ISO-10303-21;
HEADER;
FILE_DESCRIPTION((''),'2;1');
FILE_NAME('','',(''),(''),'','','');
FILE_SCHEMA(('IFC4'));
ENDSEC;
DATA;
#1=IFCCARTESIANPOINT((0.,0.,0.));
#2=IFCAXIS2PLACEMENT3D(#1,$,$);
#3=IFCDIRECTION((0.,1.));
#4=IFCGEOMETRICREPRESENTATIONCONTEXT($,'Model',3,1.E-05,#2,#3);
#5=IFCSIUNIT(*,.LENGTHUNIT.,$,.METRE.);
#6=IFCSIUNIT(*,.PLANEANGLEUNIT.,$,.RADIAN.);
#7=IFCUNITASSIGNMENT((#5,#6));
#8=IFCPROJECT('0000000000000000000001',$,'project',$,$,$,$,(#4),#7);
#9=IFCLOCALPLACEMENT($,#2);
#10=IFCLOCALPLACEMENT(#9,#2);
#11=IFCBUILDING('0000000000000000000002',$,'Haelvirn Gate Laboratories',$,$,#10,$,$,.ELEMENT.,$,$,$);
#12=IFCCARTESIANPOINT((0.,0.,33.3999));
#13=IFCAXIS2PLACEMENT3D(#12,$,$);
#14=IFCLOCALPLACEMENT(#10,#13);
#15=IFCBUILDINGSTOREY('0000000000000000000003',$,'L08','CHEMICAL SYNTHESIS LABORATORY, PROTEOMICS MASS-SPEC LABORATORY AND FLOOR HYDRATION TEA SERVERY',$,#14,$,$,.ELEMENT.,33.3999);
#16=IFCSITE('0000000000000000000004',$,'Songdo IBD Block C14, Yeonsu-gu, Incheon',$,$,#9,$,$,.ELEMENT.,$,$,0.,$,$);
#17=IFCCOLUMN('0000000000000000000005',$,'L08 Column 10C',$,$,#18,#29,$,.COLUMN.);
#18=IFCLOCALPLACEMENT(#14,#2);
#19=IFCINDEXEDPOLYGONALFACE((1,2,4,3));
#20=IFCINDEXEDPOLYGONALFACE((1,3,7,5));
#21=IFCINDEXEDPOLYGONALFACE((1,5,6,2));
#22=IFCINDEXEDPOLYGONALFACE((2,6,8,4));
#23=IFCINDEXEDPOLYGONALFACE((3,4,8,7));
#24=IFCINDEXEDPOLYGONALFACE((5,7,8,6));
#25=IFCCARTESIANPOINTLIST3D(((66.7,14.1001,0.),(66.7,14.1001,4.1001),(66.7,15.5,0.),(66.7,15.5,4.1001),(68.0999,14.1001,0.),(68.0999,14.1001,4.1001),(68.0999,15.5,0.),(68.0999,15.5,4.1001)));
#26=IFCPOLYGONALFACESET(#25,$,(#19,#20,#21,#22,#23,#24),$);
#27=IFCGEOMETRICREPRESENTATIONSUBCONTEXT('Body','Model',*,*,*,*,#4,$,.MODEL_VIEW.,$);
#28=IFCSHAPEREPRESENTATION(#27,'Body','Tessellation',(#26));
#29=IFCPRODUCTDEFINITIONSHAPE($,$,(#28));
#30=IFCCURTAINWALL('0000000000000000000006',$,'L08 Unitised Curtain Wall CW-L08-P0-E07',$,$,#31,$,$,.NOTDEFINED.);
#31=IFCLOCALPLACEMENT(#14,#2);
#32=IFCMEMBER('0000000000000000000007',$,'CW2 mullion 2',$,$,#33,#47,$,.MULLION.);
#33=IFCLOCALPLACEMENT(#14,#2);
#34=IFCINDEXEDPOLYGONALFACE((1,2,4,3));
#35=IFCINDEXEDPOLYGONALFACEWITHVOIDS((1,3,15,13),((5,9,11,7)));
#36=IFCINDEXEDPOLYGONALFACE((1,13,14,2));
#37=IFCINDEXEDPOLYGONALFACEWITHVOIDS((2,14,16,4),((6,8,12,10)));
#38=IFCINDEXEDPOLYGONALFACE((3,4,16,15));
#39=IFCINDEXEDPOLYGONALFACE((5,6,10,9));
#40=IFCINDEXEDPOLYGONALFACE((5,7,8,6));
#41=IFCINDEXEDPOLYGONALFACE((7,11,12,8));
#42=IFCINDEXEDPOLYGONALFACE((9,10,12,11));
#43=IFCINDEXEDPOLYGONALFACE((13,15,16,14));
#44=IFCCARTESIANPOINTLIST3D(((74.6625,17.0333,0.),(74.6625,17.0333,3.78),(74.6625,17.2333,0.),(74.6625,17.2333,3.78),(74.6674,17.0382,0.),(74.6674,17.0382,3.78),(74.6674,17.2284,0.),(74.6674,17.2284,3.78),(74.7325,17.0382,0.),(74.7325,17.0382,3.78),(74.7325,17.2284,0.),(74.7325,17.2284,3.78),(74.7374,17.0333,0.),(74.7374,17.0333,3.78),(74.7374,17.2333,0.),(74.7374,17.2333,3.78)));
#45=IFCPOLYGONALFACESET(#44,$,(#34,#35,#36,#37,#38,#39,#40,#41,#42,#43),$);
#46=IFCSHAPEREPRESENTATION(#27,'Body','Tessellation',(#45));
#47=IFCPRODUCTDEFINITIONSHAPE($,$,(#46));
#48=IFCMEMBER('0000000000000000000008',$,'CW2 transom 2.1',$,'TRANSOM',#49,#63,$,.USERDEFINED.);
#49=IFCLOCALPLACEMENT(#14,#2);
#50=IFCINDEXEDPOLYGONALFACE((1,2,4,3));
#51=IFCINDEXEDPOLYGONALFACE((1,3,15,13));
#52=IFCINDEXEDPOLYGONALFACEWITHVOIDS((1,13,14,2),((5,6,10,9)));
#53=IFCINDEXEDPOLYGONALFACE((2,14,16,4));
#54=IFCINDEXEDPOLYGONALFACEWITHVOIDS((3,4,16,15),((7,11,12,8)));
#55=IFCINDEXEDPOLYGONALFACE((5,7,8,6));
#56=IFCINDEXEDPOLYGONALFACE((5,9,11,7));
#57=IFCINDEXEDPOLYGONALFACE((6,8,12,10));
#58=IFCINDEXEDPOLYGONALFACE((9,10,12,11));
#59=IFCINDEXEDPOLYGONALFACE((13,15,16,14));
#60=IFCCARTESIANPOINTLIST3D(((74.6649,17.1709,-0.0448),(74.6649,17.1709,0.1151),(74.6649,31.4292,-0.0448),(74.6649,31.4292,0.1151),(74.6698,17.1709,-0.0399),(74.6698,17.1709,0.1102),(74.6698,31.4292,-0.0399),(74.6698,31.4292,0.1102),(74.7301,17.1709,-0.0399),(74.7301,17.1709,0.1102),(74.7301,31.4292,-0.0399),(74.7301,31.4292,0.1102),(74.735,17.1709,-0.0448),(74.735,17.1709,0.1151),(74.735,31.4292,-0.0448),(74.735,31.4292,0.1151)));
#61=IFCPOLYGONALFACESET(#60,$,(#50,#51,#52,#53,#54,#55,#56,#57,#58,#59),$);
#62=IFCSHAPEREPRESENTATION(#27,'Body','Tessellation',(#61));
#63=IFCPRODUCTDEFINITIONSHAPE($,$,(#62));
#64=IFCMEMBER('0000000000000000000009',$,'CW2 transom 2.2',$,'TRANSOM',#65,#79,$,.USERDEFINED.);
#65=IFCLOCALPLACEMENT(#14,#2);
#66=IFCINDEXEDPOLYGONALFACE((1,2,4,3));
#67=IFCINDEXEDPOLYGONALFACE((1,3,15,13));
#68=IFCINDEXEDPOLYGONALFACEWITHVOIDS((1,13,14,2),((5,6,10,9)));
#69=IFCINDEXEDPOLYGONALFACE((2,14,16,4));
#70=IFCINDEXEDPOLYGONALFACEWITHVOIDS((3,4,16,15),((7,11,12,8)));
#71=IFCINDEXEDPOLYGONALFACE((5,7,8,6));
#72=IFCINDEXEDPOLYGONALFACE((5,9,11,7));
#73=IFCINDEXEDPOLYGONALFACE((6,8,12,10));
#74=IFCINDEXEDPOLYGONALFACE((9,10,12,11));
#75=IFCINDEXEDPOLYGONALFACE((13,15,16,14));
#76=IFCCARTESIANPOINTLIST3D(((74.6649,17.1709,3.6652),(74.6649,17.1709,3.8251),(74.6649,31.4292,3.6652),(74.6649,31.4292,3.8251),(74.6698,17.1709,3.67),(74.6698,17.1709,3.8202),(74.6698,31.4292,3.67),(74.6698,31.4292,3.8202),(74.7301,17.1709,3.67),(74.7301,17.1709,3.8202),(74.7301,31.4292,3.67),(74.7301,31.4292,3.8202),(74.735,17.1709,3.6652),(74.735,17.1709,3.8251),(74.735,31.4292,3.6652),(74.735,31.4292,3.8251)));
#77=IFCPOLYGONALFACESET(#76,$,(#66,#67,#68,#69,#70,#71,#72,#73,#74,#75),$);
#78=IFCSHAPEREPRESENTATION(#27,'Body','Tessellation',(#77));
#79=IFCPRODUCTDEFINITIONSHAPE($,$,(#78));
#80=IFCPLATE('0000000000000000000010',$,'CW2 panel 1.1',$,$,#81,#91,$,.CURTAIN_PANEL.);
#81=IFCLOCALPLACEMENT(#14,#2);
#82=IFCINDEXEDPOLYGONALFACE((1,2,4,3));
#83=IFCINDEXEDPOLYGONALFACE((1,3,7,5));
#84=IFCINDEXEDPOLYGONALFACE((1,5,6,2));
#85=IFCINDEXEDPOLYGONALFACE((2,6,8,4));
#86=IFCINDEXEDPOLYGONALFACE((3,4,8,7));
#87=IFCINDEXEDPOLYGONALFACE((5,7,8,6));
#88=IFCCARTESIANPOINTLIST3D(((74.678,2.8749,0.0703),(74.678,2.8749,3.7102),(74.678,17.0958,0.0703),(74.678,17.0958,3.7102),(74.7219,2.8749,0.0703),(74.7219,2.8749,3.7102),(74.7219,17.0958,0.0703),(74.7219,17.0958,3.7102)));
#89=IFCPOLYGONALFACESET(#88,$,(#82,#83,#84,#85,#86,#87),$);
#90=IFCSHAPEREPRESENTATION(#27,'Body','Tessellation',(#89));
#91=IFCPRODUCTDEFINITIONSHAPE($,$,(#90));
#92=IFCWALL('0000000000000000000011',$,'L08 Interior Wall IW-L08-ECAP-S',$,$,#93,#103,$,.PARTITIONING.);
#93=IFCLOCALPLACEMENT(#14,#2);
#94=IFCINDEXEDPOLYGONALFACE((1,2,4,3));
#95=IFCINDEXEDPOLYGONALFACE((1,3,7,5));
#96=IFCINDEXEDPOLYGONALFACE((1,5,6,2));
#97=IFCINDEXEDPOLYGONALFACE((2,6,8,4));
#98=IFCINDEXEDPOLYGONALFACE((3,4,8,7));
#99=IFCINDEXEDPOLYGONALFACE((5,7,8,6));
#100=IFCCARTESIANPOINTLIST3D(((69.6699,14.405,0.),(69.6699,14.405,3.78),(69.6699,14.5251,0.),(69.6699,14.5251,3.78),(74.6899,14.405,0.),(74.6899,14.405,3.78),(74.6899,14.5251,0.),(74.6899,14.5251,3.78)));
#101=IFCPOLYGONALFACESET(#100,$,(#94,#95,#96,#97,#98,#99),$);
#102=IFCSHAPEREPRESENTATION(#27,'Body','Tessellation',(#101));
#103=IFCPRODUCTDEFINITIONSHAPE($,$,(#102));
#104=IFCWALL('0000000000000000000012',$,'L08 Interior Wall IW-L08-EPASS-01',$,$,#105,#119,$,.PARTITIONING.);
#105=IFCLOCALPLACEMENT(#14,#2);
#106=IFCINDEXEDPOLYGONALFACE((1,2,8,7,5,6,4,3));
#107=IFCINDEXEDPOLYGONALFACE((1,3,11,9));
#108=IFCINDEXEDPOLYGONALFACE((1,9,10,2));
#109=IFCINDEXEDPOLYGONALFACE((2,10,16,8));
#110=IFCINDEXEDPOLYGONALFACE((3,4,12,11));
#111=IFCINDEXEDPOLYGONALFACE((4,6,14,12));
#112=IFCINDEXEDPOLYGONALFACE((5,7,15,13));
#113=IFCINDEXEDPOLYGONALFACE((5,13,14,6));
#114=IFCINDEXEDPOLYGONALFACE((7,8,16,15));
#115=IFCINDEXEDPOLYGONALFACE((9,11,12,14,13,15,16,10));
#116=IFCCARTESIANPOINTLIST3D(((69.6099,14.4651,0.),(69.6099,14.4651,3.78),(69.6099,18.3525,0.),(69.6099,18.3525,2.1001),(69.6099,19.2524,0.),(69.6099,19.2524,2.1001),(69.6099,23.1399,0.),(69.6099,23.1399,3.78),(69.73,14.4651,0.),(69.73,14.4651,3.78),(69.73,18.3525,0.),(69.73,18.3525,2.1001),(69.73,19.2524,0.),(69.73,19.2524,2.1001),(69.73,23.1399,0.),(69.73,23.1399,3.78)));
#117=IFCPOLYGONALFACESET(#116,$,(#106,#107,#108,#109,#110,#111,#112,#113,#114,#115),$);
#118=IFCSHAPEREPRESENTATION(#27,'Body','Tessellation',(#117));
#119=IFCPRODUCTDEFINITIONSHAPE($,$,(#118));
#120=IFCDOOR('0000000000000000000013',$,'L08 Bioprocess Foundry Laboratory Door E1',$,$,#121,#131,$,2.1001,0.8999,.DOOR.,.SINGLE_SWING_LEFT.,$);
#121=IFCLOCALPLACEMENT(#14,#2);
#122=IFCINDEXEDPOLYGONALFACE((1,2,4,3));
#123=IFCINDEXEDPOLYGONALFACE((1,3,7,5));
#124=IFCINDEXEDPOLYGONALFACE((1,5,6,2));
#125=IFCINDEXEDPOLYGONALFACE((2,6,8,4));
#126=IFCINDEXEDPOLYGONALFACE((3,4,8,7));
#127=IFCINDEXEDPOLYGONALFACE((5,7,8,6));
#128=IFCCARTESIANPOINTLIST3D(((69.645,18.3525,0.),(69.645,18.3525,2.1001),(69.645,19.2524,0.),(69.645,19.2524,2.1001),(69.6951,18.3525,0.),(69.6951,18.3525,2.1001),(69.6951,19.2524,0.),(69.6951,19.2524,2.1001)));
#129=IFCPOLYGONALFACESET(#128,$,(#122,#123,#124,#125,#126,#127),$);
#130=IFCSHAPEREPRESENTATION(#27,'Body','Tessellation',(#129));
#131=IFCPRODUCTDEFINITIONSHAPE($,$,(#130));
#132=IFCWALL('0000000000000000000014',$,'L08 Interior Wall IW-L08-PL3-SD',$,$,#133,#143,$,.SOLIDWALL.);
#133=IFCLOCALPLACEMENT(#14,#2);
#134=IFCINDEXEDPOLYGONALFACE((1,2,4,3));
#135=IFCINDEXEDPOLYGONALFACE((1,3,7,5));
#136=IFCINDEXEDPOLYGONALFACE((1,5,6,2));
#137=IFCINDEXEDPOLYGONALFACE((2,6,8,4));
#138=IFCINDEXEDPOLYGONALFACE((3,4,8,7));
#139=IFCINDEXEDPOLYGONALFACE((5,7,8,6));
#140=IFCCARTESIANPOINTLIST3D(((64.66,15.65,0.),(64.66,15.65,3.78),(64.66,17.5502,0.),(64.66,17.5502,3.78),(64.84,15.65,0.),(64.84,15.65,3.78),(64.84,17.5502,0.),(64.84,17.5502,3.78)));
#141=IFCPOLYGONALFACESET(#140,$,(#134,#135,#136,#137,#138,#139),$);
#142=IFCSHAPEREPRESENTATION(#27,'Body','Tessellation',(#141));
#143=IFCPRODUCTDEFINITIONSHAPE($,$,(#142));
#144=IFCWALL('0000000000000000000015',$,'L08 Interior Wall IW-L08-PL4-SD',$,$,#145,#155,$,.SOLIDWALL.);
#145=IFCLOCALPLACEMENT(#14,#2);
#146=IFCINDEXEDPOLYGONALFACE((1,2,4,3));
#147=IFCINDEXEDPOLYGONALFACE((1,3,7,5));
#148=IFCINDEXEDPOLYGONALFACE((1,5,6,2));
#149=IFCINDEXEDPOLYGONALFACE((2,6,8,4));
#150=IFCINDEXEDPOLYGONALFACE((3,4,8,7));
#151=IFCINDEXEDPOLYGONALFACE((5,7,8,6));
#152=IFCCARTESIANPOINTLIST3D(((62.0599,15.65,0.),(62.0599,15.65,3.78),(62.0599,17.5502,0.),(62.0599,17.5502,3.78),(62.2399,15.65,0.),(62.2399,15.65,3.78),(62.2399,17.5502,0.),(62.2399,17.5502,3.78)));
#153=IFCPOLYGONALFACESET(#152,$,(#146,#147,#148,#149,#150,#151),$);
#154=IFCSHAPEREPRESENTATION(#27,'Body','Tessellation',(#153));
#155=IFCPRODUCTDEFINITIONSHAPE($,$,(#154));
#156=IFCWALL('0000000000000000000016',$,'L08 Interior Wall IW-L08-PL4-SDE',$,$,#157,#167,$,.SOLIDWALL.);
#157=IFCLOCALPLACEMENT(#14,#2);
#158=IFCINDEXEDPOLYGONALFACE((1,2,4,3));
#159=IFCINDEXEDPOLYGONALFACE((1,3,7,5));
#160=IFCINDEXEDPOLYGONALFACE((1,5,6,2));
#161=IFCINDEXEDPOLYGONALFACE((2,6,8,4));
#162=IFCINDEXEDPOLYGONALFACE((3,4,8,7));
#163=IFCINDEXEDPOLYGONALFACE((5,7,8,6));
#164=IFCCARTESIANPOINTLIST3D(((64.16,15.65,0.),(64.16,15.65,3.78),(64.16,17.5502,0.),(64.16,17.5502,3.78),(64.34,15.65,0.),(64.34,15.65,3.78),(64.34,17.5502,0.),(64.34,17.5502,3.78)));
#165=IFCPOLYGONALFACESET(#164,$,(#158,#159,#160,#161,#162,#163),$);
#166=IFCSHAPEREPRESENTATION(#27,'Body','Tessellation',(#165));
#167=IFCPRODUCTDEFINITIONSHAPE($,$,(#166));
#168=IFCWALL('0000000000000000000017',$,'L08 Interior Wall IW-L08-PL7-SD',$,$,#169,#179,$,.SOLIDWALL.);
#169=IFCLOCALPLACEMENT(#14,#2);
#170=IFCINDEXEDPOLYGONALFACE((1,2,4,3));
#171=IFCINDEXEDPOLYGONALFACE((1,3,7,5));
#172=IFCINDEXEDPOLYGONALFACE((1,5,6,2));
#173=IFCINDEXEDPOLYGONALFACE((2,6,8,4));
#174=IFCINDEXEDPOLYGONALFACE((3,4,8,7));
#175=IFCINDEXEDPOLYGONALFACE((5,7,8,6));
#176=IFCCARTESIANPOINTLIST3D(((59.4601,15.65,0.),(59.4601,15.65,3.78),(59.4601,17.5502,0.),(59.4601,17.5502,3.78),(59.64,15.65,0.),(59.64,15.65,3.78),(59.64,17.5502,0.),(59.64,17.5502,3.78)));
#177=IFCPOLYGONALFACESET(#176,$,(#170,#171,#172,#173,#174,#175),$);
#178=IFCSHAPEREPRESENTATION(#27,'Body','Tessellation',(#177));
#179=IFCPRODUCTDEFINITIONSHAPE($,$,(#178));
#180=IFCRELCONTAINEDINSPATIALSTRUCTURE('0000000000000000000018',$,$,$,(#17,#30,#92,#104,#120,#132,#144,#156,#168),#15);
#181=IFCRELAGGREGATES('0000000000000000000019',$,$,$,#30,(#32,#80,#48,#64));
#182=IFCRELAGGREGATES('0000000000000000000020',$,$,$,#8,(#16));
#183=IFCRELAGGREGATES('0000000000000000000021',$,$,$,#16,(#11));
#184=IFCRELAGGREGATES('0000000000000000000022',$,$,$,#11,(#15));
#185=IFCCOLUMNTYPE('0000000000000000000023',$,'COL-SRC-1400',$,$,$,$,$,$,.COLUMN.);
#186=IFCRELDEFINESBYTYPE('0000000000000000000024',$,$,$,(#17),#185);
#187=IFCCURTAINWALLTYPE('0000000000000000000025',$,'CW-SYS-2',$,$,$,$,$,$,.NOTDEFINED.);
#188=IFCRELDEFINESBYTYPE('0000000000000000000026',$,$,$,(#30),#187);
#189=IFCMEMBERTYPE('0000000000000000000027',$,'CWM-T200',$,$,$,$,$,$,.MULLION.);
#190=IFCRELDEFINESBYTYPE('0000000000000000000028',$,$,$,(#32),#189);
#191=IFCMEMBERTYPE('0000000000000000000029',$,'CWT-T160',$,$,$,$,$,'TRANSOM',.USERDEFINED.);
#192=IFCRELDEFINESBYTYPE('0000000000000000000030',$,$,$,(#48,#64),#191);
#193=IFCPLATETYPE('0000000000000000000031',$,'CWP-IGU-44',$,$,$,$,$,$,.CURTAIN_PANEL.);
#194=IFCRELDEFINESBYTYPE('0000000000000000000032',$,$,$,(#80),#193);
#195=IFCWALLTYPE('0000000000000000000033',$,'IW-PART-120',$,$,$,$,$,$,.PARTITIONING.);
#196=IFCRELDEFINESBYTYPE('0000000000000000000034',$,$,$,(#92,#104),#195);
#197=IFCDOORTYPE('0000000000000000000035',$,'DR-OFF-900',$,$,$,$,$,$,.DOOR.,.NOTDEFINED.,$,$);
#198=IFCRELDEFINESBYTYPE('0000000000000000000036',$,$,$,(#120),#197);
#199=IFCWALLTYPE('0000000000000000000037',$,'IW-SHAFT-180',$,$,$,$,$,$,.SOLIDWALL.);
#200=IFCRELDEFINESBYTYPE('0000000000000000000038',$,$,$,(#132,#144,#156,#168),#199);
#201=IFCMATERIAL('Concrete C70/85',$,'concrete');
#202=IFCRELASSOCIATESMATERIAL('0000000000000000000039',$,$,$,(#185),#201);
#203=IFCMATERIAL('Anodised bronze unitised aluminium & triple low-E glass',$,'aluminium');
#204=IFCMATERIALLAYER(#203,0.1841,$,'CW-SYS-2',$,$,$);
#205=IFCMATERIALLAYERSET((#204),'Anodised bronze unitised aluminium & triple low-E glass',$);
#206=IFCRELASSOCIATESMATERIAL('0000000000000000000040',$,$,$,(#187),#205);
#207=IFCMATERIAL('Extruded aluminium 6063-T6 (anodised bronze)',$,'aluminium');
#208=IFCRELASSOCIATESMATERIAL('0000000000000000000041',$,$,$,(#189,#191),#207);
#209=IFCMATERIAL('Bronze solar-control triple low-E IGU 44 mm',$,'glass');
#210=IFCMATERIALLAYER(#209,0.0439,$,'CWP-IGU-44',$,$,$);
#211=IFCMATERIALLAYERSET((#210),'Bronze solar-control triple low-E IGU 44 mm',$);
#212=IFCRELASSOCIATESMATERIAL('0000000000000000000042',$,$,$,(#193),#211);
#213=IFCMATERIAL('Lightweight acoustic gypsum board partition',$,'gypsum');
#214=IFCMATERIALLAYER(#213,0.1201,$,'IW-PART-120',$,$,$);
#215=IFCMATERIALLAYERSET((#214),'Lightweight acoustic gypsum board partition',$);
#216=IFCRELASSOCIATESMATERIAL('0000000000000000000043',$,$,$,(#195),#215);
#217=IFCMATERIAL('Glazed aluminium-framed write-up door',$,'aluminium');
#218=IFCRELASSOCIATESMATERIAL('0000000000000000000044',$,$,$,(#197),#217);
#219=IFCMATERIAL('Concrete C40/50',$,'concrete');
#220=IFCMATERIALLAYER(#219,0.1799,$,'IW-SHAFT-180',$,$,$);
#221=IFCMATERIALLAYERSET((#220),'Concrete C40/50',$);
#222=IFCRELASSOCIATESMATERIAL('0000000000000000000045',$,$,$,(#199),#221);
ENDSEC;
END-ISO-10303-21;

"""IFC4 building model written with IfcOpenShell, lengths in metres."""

from ifc_helpers import new_model, si_unit, direction, frame, frame_2d, origin, origin_2d, place, context, subcontext, project, spatial, rectangle, hollow_rectangle, extrude, source, transform, mapped, material, layer, layer_set, material_profile, profile_set, type_object, type_shapes, element, fill, aggregate, save


model = new_model("IFC4")

# Units and contexts
model_context = context("Model", 3, precision=1e-05, world=origin(), true_north=direction((0.0, 1.0)))
body_context = subcontext(model_context, "Body", "Model", "MODEL_VIEW")
ifc_project = project(units=[si_unit("LENGTHUNIT", "METRE"), si_unit("PLANEANGLEUNIT", "RADIAN")], contexts=[model_context])

# Site, building, storey
site_placement = place(None, origin())
site = spatial("IfcSite", under=ifc_project, at=site_placement, Name="Songdo IBD Block C14, Yeonsu-gu, Incheon", CompositionType="ELEMENT", RefElevation=0.0)
building_placement = place(site_placement, origin())
building = spatial("IfcBuilding", under=site, at=building_placement, Name="Haelvirn Gate Laboratories", CompositionType="ELEMENT")
storey_placement = place(building_placement, frame((0.0, 0.0, 33.3999)))
storey = spatial("IfcBuildingStorey", under=building, at=storey_placement, Name="L08", Description="CHEMICAL SYNTHESIS LABORATORY, PROTEOMICS MASS-SPEC LABORATORY AND FLOOR HYDRATION TEA SERVERY", CompositionType="ELEMENT", Elevation=33.3999)

# Column
ifc_material_1 = material(Name="Concrete C70/85", Category="concrete")
ifc_material_profile_1 = material_profile(ifc_material_1, rectangle(XDim=1.3999, YDim=1.3999, at=origin_2d()), Name="SRC-1400x1400")
ifc_profile_set_1 = profile_set([ifc_material_profile_1], Name="Concrete C70/85")
column_type = type_object("IfcColumnType", Name="COL-SRC-1400", PredefinedType="COLUMN", material=ifc_profile_set_1)
shared_shape_1 = source(origin(), body_context, "Body", "SweptSolid", [
    extrude(rectangle(XDim=1.3999, YDim=1.3999, at=origin_2d()), origin(), (0.0, 0.0, 1.0), 4.1001),
])
type_shapes(column_type, [shared_shape_1])
column_placement = place(storey_placement, frame((67.3999, 14.8, 0.0), z_axis=(0.0, 0.0, 1.0), x_axis=(1.0, 0.0, 0.0)))
element("IfcColumn", 1, at=column_placement, inside=storey, type_object=column_type, Name="L08 Column 10C", PredefinedType="COLUMN", context=body_context, shape_type="MappedRepresentation", body=[
    mapped(shared_shape_1, transform((0.0, 0.0, 0.0), scale=1.0)),
])

# Curtain wall, members, plate
ifc_material_2 = material(Name="Anodised bronze unitised aluminium & triple low-E glass", Category="aluminium")
ifc_layer_1 = layer(ifc_material_2, 0.1841, Name="CW-SYS-2")
ifc_layer_set_1 = layer_set([ifc_layer_1], Name="Anodised bronze unitised aluminium & triple low-E glass")
curtain_wall_type = type_object("IfcCurtainWallType", Name="CW-SYS-2", PredefinedType="NOTDEFINED", material=ifc_layer_set_1)
curtain_wall_placement = place(storey_placement, origin())
curtain_wall = element("IfcCurtainWall", 2, at=curtain_wall_placement, inside=storey, type_object=curtain_wall_type, Name="L08 Unitised Curtain Wall CW-L08-P0-E07", PredefinedType="NOTDEFINED")
ifc_material_3 = material(Name="Extruded aluminium 6063-T6 (anodised bronze)", Category="aluminium")
ifc_material_profile_2 = material_profile(ifc_material_3, hollow_rectangle(XDim=0.075, YDim=0.2, WallThickness=0.0049, at=origin_2d()), Name="CWM-200x75x5")
ifc_profile_set_2 = profile_set([ifc_material_profile_2], Name="Extruded aluminium 6063-T6 (anodised bronze)")
member_type_1 = type_object("IfcMemberType", Name="CWM-T200", PredefinedType="MULLION", material=ifc_profile_set_2)
shared_shape_2 = source(origin(), body_context, "Body", "SweptSolid", [
    extrude(hollow_rectangle(XDim=0.075, YDim=0.2, WallThickness=0.0049, at=origin_2d()), origin(), (0.0, 0.0, 1.0), 3.78),
])
type_shapes(member_type_1, [shared_shape_2])
member_1_placement = place(storey_placement, frame((74.7, 17.1333, 0.0), z_axis=(0.0, 0.0, 1.0), x_axis=(-1.0, 0.0, 0.0)))
member_1 = element("IfcMember", 3, at=member_1_placement, type_object=member_type_1, Name="CW2 mullion 2", PredefinedType="MULLION", context=body_context, shape_type="MappedRepresentation", body=[
    mapped(shared_shape_2, transform((0.0, 0.0, 0.0), scale=1.0)),
])
ifc_material_profile_3 = material_profile(ifc_material_3, hollow_rectangle(XDim=0.0701, YDim=0.1599, WallThickness=0.0049, at=origin_2d()), Name="CWT-160x70x5")
ifc_profile_set_3 = profile_set([ifc_material_profile_3], Name="Extruded aluminium 6063-T6 (anodised bronze)")
member_type_2 = type_object("IfcMemberType", Name="CWT-T160", ElementType="TRANSOM", PredefinedType="USERDEFINED", material=ifc_profile_set_3)
shared_shape_3 = source(origin(), body_context, "Body", "SweptSolid", [
    extrude(hollow_rectangle(XDim=0.0701, YDim=0.1599, WallThickness=0.0049, at=origin_2d()), origin(), (0.0, 0.0, 1.0), 14.2583),
])
type_shapes(member_type_2, [shared_shape_3])
member_2_placement = place(storey_placement, frame((74.7, 17.1709, 0.0352), z_axis=(0.0, 1.0, 0.0), x_axis=(-1.0, 0.0, 0.0)))
member_2 = element("IfcMember", 4, at=member_2_placement, type_object=member_type_2, Name="CW2 transom 2.1", ObjectType="TRANSOM", PredefinedType="USERDEFINED", context=body_context, shape_type="MappedRepresentation", body=[
    mapped(shared_shape_3, transform((0.0, 0.0, 0.0), scale=1.0)),
])
member_3_placement = place(storey_placement, frame((74.7, 17.1709, 3.7451), z_axis=(0.0, 1.0, 0.0), x_axis=(-1.0, 0.0, 0.0)))
member_3 = element("IfcMember", 5, at=member_3_placement, type_object=member_type_2, Name="CW2 transom 2.2", ObjectType="TRANSOM", PredefinedType="USERDEFINED", context=body_context, shape_type="MappedRepresentation", body=[
    mapped(shared_shape_3, transform((0.0, 0.0, 0.0), scale=1.0)),
])
ifc_material_4 = material(Name="Bronze solar-control triple low-E IGU 44 mm", Category="glass")
ifc_layer_2 = layer(ifc_material_4, 0.0439, Name="CWP-IGU-44")
ifc_layer_set_2 = layer_set([ifc_layer_2], Name="Bronze solar-control triple low-E IGU 44 mm")
plate_type = type_object("IfcPlateType", Name="CWP-IGU-44", PredefinedType="CURTAIN_PANEL", material=ifc_layer_set_2)
shared_shape_4 = source(origin(), body_context, "Body", "SweptSolid", [
    extrude(rectangle(XDim=14.2209, YDim=0.0439, at=origin_2d()), origin(), (0.0, 0.0, 1.0), 3.6399),
])
type_shapes(plate_type, [shared_shape_4])
plate_placement = place(storey_placement, frame((74.7, 9.9854, 0.0703), z_axis=(0.0, 0.0, 1.0), x_axis=(0.0, 1.0, 0.0)))
plate = element("IfcPlate", 6, at=plate_placement, type_object=plate_type, Name="CW2 panel 1.1", PredefinedType="CURTAIN_PANEL", context=body_context, shape_type="MappedRepresentation", body=[
    mapped(shared_shape_4, transform((0.0, 0.0, 0.0), scale=1.0)),
])
aggregate(curtain_wall, [member_1, plate, member_2, member_3])

# Wall
ifc_material_5 = material(Name="Lightweight acoustic gypsum board partition", Category="gypsum")
ifc_layer_3 = layer(ifc_material_5, 0.1201, Name="IW-PART-120")
ifc_layer_set_3 = layer_set([ifc_layer_3], Name="Lightweight acoustic gypsum board partition")
wall_type_1 = type_object("IfcWallType", Name="IW-PART-120", PredefinedType="PARTITIONING", material=ifc_layer_set_3)
wall_1_placement = place(storey_placement, frame((69.6699, 14.4651, 0.0), z_axis=(0.0, 0.0, 1.0), x_axis=(1.0, 0.0, 0.0)))
element("IfcWall", 7, at=wall_1_placement, inside=storey, type_object=wall_type_1, Name="L08 Interior Wall IW-L08-ECAP-S", PredefinedType="PARTITIONING", context=body_context, shape_type="SweptSolid", body=[
    extrude(rectangle(XDim=5.02, YDim=0.1201, at=frame_2d((2.51, 0.0))), origin(), (0.0, 0.0, 1.0), 3.78),
])

# Wall, opening, door
wall_2_placement = place(storey_placement, frame((69.6699, 14.4651, 0.0), z_axis=(0.0, 0.0, 1.0), x_axis=(0.0, 1.0, 0.0)))
wall_2 = element("IfcWall", 8, at=wall_2_placement, inside=storey, type_object=wall_type_1, Name="L08 Interior Wall IW-L08-EPASS-01", PredefinedType="PARTITIONING", context=body_context, shape_type="SweptSolid", body=[
    extrude(rectangle(XDim=8.6748, YDim=0.1201, at=frame_2d((4.3374, 0.0))), origin(), (0.0, 0.0, 1.0), 3.78),
])
opening_1_placement = place(wall_2_placement, frame((3.8875, 0.0, 0.0)))
opening_1 = element("IfcOpeningElement", 9, at=opening_1_placement, cuts=wall_2, PredefinedType="OPENING", context=body_context, shape_type="SweptSolid", body=[
    extrude(rectangle(XDim=0.8999, YDim=2.1001, at=frame_2d((0.45, 1.05))), frame((0.0, 0.0701, 0.0), z_axis=(0.0, -1.0, 0.0), x_axis=(1.0, 0.0, 0.0)), (0.0, 0.0, 1.0), 0.1401),
])
ifc_material_6 = material(Name="Glazed aluminium-framed write-up door", Category="aluminium")
door_type_1 = type_object("IfcDoorType", Name="DR-OFF-900", OperationType="NOTDEFINED", PredefinedType="DOOR", material=ifc_material_6)
shared_shape_5 = source(origin(), body_context, "Body", "SweptSolid", [
    extrude(rectangle(XDim=0.8999, YDim=2.1001, at=frame_2d((0.45, 1.05))), frame((0.0, 0.0249, 0.0), z_axis=(0.0, -1.0, 0.0), x_axis=(1.0, 0.0, 0.0)), (0.0, 0.0, 1.0), 0.05),
])
type_shapes(door_type_1, [shared_shape_5])
door_1_placement = place(opening_1_placement, origin())
door_1 = element("IfcDoor", 10, at=door_1_placement, inside=storey, type_object=door_type_1, Name="L08 Bioprocess Foundry Laboratory Door E1", OperationType="SINGLE_SWING_LEFT", OverallHeight=2.1001, OverallWidth=0.8999, PredefinedType="DOOR", context=body_context, shape_type="MappedRepresentation", body=[
    mapped(shared_shape_5, transform((0.0, 0.0, 0.0), scale=1.0)),
])
fill(opening_1, door_1)

# Walls
ifc_material_7 = material(Name="Concrete C40/50", Category="concrete")
ifc_layer_4 = layer(ifc_material_7, 0.1799, Name="IW-SHAFT-180")
ifc_layer_set_4 = layer_set([ifc_layer_4], Name="Concrete C40/50")
wall_type_2 = type_object("IfcWallType", Name="IW-SHAFT-180", PredefinedType="SOLIDWALL", material=ifc_layer_set_4)
for number, where, z_axis, x_axis, name in (
    (11, (64.75, 15.6499, 0.0), (0.0, 0.0, 1.0), (0.0, 1.0, 0.0), "L08 Interior Wall IW-L08-PL3-SD"),
    (12, (62.1499, 15.6499, 0.0), (0.0, 0.0, 1.0), (0.0, 1.0, 0.0), "L08 Interior Wall IW-L08-PL4-SD"),
    (13, (64.25, 15.6499, 0.0), (0.0, 0.0, 1.0), (0.0, 1.0, 0.0), "L08 Interior Wall IW-L08-PL4-SDE"),
    (14, (59.55, 15.6499, 0.0), (0.0, 0.0, 1.0), (0.0, 1.0, 0.0), "L08 Interior Wall IW-L08-PL7-SD"),
):
    element("IfcWall", number, at=place(storey_placement, frame(where, z_axis=z_axis, x_axis=x_axis)), inside=storey, type_object=wall_type_2, Name=name, PredefinedType="SOLIDWALL", context=body_context, shape_type="SweptSolid", body=[
        extrude(rectangle(XDim=1.9001, YDim=0.1799, at=frame_2d((0.9502, 0.0))), origin(), (0.0, 0.0, 1.0), 3.78),
    ])

save(model, "model.ifc")
